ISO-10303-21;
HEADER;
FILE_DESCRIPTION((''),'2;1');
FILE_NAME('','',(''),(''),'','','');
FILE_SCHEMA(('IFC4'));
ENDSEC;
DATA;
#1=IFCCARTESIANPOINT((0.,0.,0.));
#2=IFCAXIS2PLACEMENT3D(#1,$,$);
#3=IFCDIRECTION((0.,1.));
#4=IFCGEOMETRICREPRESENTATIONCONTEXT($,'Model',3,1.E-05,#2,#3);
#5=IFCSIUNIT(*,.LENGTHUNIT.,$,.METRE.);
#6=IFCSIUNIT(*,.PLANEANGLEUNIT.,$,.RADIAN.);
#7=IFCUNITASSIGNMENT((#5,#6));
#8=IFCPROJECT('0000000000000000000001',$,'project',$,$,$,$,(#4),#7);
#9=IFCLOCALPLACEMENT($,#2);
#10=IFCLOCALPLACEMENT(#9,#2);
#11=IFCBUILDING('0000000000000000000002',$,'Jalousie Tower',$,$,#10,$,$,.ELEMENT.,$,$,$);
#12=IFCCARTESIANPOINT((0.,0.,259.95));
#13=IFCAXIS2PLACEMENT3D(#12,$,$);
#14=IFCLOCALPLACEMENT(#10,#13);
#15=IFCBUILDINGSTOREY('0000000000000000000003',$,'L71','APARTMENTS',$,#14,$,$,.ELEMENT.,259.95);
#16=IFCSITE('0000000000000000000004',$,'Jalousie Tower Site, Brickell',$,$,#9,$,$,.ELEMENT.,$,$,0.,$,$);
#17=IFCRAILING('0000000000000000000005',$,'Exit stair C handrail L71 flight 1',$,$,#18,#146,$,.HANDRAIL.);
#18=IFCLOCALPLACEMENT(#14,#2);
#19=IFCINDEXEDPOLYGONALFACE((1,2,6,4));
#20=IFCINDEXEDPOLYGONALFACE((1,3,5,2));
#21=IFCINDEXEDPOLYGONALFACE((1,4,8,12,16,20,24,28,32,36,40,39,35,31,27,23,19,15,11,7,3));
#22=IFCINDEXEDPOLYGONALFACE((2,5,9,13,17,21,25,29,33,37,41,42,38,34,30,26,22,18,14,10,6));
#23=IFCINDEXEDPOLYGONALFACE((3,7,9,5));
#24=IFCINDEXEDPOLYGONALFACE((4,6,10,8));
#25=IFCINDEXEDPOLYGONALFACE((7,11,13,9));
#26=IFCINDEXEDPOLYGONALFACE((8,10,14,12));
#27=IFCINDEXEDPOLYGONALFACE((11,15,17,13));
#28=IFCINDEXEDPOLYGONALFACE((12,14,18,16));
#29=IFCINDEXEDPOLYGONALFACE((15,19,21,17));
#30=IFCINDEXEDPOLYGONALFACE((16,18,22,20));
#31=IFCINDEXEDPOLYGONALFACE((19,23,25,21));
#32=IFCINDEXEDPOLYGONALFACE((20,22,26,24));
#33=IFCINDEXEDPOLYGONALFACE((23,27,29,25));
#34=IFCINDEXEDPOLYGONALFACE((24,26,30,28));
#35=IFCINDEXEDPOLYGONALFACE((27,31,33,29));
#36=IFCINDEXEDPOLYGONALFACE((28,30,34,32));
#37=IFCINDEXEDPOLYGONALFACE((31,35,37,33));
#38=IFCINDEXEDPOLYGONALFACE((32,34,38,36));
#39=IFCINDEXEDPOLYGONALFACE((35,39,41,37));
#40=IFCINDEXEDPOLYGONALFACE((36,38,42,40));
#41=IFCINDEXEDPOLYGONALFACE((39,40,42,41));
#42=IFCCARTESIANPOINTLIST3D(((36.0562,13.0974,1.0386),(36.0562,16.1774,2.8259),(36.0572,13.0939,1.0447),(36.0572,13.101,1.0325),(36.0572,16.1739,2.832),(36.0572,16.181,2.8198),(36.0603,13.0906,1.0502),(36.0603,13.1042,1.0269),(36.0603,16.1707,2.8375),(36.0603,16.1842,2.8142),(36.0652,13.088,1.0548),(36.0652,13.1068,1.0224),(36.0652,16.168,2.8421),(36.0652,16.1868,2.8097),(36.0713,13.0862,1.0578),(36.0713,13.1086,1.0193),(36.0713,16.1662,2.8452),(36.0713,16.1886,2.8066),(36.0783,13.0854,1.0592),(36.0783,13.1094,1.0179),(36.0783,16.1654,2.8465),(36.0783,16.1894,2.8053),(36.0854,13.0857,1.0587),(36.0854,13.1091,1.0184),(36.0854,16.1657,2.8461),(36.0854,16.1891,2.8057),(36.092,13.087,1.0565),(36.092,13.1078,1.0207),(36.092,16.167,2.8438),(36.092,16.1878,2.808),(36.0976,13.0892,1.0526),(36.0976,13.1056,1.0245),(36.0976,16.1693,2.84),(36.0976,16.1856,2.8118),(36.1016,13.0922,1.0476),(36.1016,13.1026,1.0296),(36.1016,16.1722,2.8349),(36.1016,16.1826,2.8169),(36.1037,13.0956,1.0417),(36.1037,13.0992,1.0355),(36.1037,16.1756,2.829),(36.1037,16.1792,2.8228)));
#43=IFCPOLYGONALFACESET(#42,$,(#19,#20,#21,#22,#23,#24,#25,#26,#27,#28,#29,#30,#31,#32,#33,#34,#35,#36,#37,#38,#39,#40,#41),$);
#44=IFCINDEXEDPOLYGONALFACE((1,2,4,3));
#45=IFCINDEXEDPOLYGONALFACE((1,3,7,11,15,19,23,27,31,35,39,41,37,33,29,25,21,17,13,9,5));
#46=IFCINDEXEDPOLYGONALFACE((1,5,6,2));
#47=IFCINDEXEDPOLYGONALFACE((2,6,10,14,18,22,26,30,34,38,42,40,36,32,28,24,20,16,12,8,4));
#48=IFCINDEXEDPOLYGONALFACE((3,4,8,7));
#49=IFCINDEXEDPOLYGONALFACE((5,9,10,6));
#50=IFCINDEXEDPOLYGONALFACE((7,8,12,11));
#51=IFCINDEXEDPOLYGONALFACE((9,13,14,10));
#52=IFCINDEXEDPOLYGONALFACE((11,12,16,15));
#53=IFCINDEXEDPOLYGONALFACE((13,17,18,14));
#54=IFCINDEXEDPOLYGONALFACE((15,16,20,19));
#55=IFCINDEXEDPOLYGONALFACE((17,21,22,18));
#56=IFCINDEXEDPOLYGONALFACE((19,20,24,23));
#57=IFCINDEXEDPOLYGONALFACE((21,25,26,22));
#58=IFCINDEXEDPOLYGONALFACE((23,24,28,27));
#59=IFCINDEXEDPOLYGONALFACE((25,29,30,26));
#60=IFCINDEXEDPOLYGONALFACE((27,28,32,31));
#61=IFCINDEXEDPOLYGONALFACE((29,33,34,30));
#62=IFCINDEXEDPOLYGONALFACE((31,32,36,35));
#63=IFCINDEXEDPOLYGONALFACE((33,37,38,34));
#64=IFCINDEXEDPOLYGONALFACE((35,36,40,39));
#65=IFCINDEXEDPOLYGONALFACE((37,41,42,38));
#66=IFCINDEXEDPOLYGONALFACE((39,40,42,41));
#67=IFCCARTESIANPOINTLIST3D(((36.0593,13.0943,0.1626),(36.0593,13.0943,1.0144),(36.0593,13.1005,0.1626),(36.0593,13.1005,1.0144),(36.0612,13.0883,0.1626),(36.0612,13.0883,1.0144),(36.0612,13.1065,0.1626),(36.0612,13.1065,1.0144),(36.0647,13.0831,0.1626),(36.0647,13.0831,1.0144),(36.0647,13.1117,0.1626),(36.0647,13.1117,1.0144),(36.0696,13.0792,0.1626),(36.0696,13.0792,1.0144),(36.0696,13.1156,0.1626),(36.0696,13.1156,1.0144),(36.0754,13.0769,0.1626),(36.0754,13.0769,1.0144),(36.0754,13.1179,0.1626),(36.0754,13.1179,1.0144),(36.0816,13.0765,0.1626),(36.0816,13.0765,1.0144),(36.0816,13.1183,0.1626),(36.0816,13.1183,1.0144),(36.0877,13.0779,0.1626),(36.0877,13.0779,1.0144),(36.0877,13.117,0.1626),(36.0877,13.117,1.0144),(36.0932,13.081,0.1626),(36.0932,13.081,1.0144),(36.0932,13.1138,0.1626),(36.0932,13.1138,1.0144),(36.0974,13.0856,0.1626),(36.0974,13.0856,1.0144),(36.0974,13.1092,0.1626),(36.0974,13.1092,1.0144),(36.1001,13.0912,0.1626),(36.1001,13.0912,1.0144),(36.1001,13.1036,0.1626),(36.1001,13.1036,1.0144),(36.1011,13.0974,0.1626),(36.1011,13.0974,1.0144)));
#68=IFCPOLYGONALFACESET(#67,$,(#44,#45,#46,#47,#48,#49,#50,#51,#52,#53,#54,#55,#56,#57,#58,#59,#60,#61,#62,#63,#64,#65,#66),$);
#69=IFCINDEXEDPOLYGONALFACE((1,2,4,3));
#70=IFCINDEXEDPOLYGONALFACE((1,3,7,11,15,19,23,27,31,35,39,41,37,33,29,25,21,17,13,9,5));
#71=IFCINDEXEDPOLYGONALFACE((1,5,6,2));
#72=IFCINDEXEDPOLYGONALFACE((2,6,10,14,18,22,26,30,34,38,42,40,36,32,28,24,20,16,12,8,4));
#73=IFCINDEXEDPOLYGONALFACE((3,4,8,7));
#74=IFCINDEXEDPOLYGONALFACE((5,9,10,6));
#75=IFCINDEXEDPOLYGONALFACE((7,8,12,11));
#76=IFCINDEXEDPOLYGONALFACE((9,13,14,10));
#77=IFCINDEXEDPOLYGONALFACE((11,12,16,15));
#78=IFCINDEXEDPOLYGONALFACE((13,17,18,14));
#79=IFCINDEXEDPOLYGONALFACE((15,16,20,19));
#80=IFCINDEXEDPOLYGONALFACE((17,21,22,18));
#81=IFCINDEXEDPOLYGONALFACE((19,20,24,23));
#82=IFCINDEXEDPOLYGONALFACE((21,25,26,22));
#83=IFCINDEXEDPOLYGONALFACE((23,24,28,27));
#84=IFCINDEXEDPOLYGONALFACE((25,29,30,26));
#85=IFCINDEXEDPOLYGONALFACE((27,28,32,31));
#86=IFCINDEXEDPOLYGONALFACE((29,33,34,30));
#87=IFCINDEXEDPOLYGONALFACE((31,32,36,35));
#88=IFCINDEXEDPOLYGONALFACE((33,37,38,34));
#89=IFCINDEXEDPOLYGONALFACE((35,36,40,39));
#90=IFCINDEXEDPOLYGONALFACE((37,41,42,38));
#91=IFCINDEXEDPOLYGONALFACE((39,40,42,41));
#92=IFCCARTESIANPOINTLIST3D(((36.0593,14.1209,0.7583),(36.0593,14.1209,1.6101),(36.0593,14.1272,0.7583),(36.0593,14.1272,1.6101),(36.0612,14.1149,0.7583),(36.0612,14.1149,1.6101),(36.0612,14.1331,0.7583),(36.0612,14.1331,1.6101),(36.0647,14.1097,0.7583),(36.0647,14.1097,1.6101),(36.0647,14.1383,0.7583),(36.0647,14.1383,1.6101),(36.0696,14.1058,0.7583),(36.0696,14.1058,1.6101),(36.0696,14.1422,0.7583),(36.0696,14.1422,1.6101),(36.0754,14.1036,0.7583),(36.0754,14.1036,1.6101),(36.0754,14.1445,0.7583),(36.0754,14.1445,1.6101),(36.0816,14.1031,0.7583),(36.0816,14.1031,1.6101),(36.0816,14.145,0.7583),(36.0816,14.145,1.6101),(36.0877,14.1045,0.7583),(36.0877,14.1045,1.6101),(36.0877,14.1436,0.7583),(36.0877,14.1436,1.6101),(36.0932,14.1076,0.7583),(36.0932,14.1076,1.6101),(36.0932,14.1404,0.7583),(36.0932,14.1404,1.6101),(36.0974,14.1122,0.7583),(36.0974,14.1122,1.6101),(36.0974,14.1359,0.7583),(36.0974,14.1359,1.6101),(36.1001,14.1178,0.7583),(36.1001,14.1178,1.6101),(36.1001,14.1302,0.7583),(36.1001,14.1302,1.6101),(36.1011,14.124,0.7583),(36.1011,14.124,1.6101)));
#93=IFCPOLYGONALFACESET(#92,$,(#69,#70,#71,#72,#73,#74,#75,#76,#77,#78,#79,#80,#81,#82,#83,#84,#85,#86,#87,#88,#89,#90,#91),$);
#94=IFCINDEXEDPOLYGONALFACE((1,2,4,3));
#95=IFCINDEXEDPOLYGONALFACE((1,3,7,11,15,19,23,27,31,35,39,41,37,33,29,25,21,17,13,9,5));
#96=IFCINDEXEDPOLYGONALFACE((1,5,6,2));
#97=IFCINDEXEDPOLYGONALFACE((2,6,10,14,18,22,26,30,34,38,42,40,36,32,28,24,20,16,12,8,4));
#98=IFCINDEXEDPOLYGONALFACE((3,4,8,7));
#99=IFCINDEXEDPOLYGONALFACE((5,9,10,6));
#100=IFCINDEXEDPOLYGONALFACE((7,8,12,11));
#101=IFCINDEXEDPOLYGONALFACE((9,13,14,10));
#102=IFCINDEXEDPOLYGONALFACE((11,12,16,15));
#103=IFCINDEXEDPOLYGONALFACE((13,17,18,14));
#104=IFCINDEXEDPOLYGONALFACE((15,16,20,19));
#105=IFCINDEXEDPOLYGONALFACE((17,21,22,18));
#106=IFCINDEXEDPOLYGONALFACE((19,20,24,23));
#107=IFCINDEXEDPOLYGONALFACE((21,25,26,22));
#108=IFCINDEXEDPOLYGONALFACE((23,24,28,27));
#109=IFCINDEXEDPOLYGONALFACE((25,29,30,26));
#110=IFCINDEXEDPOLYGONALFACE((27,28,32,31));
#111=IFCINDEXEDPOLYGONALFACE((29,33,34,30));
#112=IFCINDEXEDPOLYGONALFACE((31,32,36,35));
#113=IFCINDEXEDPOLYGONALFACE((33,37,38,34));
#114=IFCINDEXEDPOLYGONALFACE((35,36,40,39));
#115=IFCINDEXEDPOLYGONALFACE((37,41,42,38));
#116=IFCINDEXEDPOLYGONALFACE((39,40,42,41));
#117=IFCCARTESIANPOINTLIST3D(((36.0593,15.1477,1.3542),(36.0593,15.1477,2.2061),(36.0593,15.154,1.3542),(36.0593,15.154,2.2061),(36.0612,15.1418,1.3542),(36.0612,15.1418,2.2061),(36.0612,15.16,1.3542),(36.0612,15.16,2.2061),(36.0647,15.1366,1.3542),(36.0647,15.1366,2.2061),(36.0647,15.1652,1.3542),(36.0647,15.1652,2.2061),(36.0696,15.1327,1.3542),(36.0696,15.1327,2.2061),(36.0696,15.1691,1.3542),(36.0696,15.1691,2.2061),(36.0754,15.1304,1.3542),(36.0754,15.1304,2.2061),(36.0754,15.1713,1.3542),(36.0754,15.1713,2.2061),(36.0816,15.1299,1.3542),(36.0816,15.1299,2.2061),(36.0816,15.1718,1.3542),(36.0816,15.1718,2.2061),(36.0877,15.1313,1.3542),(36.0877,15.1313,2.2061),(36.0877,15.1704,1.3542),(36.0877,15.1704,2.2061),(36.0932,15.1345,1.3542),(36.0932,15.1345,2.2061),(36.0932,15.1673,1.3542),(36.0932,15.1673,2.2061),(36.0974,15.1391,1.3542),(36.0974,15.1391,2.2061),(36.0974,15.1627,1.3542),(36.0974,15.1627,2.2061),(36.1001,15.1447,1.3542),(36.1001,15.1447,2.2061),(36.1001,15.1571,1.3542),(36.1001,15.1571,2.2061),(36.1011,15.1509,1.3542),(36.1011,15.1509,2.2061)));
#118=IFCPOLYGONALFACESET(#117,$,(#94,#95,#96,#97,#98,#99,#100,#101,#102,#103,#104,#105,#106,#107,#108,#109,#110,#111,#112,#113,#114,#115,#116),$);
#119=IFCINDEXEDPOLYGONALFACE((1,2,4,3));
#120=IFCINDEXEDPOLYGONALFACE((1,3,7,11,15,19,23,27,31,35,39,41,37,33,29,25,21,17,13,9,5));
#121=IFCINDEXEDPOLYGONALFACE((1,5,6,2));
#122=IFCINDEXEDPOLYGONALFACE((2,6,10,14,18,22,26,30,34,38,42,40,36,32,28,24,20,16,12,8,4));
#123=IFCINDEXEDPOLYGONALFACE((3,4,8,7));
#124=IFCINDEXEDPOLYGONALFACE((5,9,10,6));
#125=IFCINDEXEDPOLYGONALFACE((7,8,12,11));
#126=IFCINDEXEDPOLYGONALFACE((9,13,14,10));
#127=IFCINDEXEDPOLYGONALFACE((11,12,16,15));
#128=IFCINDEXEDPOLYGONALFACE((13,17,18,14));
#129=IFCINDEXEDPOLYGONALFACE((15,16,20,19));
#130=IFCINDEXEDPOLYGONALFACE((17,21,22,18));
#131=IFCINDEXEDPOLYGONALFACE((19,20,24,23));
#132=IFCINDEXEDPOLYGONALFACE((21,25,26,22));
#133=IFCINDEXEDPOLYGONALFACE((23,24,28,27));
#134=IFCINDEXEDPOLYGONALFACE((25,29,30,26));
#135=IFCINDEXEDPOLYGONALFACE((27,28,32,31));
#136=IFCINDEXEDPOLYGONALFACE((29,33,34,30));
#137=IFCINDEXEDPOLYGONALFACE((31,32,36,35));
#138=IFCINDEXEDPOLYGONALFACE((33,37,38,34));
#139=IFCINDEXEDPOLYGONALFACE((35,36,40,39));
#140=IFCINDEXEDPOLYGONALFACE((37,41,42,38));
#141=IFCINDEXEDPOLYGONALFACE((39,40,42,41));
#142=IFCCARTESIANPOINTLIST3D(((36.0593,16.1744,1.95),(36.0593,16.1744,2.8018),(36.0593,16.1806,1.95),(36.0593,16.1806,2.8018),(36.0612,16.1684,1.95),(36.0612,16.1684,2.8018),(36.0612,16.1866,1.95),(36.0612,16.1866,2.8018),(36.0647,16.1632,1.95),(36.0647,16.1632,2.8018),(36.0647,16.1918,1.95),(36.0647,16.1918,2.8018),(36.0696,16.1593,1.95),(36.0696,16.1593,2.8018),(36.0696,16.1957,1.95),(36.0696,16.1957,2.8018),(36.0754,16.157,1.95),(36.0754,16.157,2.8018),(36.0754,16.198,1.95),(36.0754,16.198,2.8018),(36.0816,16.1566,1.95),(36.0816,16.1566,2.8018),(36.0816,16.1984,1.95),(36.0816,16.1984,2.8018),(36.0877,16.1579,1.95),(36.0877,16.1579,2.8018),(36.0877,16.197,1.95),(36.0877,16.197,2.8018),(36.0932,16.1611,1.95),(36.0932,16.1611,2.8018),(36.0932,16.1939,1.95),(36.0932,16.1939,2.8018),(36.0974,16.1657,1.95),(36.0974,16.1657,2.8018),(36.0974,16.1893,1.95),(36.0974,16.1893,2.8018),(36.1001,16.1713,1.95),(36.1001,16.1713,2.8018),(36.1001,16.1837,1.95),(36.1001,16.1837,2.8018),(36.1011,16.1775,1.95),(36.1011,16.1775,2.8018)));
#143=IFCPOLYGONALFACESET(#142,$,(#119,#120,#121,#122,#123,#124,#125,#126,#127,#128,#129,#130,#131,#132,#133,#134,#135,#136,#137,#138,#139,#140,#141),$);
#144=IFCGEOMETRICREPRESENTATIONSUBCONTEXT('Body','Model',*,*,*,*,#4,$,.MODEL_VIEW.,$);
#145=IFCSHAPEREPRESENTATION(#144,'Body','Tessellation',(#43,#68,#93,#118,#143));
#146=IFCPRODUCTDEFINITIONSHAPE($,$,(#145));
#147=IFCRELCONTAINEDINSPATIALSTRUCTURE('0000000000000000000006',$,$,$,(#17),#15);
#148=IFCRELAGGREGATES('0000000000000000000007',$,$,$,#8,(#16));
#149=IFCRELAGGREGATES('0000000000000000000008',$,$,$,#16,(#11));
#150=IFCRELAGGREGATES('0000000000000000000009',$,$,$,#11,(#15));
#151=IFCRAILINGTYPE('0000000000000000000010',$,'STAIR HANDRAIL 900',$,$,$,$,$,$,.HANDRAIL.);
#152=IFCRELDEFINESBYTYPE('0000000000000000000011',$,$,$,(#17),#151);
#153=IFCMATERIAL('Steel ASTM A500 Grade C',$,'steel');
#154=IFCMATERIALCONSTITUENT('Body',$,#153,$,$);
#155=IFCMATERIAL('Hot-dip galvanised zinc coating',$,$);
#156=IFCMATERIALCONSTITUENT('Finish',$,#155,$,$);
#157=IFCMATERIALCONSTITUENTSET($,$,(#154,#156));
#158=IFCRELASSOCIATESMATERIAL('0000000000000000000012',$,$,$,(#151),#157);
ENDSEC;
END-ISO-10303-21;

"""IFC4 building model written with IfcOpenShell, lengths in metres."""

from ifc_helpers import new_model, si_unit, direction, frame, origin, origin_2d, place, context, subcontext, project, spatial, circle, extrude, material, constituent, constituent_set, type_object, element, save


model = new_model("IFC4")

# Units and contexts
model_context = context("Model", 3, precision=1e-05, world=origin(), true_north=direction((0.0, 1.0)))
body_context = subcontext(model_context, "Body", "Model", "MODEL_VIEW")
ifc_project = project(units=[si_unit("LENGTHUNIT", "METRE"), si_unit("PLANEANGLEUNIT", "RADIAN")], contexts=[model_context])

# Site, building, storey
site_placement = place(None, origin())
site = spatial("IfcSite", under=ifc_project, at=site_placement, Name="Jalousie Tower Site, Brickell", CompositionType="ELEMENT", RefElevation=0.0)
building_placement = place(site_placement, origin())
building = spatial("IfcBuilding", under=site, at=building_placement, Name="Jalousie Tower", CompositionType="ELEMENT")
storey_placement = place(building_placement, frame((0.0, 0.0, 259.95)))
storey = spatial("IfcBuildingStorey", under=building, at=storey_placement, Name="L71", Description="APARTMENTS", CompositionType="ELEMENT", Elevation=259.95)

# Railing
ifc_material_1 = material(Name="Steel ASTM A500 Grade C", Category="steel")
ifc_constituent_1 = constituent(ifc_material_1, Name="Body")
ifc_material_2 = material(Name="Hot-dip galvanised zinc coating")
ifc_constituent_2 = constituent(ifc_material_2, Name="Finish")
ifc_constituent_set = constituent_set(constituents=[ifc_constituent_1, ifc_constituent_2])
railing_type = type_object("IfcRailingType", Name="STAIR HANDRAIL 900", PredefinedType="HANDRAIL", material=ifc_constituent_set)
railing_1_placement = place(storey_placement, frame((36.0801, 13.0974, 0.1626)))
element("IfcRailing", 1, at=railing_1_placement, inside=storey, type_object=railing_type, Name="Exit stair C handrail L71 flight 1", PredefinedType="HANDRAIL", context=body_context, shape_type="SweptSolid", body=[
    extrude(circle(Radius=0.0239, at=origin_2d()), frame((0.0, 0.0, 0.876), z_axis=(0.0, 0.86492, 0.501909), x_axis=(-1.0, 0.0, 0.0)), (0.0, 0.0, 1.0), 3.561),
    extrude(circle(Radius=0.021, at=origin_2d()), origin(), (0.0, 0.0, 1.0), 0.8518),
    extrude(circle(Radius=0.021, at=origin_2d()), frame((0.0, 1.0266, 0.5957)), (0.0, 0.0, 1.0), 0.8518),
    extrude(circle(Radius=0.021, at=origin_2d()), frame((0.0, 2.0535, 1.1917)), (0.0, 0.0, 1.0), 0.8518),
    extrude(circle(Radius=0.021, at=origin_2d()), frame((0.0, 3.0801, 1.7874)), (0.0, 0.0, 1.0), 0.8518),
])

save(model, "model.ifc")
